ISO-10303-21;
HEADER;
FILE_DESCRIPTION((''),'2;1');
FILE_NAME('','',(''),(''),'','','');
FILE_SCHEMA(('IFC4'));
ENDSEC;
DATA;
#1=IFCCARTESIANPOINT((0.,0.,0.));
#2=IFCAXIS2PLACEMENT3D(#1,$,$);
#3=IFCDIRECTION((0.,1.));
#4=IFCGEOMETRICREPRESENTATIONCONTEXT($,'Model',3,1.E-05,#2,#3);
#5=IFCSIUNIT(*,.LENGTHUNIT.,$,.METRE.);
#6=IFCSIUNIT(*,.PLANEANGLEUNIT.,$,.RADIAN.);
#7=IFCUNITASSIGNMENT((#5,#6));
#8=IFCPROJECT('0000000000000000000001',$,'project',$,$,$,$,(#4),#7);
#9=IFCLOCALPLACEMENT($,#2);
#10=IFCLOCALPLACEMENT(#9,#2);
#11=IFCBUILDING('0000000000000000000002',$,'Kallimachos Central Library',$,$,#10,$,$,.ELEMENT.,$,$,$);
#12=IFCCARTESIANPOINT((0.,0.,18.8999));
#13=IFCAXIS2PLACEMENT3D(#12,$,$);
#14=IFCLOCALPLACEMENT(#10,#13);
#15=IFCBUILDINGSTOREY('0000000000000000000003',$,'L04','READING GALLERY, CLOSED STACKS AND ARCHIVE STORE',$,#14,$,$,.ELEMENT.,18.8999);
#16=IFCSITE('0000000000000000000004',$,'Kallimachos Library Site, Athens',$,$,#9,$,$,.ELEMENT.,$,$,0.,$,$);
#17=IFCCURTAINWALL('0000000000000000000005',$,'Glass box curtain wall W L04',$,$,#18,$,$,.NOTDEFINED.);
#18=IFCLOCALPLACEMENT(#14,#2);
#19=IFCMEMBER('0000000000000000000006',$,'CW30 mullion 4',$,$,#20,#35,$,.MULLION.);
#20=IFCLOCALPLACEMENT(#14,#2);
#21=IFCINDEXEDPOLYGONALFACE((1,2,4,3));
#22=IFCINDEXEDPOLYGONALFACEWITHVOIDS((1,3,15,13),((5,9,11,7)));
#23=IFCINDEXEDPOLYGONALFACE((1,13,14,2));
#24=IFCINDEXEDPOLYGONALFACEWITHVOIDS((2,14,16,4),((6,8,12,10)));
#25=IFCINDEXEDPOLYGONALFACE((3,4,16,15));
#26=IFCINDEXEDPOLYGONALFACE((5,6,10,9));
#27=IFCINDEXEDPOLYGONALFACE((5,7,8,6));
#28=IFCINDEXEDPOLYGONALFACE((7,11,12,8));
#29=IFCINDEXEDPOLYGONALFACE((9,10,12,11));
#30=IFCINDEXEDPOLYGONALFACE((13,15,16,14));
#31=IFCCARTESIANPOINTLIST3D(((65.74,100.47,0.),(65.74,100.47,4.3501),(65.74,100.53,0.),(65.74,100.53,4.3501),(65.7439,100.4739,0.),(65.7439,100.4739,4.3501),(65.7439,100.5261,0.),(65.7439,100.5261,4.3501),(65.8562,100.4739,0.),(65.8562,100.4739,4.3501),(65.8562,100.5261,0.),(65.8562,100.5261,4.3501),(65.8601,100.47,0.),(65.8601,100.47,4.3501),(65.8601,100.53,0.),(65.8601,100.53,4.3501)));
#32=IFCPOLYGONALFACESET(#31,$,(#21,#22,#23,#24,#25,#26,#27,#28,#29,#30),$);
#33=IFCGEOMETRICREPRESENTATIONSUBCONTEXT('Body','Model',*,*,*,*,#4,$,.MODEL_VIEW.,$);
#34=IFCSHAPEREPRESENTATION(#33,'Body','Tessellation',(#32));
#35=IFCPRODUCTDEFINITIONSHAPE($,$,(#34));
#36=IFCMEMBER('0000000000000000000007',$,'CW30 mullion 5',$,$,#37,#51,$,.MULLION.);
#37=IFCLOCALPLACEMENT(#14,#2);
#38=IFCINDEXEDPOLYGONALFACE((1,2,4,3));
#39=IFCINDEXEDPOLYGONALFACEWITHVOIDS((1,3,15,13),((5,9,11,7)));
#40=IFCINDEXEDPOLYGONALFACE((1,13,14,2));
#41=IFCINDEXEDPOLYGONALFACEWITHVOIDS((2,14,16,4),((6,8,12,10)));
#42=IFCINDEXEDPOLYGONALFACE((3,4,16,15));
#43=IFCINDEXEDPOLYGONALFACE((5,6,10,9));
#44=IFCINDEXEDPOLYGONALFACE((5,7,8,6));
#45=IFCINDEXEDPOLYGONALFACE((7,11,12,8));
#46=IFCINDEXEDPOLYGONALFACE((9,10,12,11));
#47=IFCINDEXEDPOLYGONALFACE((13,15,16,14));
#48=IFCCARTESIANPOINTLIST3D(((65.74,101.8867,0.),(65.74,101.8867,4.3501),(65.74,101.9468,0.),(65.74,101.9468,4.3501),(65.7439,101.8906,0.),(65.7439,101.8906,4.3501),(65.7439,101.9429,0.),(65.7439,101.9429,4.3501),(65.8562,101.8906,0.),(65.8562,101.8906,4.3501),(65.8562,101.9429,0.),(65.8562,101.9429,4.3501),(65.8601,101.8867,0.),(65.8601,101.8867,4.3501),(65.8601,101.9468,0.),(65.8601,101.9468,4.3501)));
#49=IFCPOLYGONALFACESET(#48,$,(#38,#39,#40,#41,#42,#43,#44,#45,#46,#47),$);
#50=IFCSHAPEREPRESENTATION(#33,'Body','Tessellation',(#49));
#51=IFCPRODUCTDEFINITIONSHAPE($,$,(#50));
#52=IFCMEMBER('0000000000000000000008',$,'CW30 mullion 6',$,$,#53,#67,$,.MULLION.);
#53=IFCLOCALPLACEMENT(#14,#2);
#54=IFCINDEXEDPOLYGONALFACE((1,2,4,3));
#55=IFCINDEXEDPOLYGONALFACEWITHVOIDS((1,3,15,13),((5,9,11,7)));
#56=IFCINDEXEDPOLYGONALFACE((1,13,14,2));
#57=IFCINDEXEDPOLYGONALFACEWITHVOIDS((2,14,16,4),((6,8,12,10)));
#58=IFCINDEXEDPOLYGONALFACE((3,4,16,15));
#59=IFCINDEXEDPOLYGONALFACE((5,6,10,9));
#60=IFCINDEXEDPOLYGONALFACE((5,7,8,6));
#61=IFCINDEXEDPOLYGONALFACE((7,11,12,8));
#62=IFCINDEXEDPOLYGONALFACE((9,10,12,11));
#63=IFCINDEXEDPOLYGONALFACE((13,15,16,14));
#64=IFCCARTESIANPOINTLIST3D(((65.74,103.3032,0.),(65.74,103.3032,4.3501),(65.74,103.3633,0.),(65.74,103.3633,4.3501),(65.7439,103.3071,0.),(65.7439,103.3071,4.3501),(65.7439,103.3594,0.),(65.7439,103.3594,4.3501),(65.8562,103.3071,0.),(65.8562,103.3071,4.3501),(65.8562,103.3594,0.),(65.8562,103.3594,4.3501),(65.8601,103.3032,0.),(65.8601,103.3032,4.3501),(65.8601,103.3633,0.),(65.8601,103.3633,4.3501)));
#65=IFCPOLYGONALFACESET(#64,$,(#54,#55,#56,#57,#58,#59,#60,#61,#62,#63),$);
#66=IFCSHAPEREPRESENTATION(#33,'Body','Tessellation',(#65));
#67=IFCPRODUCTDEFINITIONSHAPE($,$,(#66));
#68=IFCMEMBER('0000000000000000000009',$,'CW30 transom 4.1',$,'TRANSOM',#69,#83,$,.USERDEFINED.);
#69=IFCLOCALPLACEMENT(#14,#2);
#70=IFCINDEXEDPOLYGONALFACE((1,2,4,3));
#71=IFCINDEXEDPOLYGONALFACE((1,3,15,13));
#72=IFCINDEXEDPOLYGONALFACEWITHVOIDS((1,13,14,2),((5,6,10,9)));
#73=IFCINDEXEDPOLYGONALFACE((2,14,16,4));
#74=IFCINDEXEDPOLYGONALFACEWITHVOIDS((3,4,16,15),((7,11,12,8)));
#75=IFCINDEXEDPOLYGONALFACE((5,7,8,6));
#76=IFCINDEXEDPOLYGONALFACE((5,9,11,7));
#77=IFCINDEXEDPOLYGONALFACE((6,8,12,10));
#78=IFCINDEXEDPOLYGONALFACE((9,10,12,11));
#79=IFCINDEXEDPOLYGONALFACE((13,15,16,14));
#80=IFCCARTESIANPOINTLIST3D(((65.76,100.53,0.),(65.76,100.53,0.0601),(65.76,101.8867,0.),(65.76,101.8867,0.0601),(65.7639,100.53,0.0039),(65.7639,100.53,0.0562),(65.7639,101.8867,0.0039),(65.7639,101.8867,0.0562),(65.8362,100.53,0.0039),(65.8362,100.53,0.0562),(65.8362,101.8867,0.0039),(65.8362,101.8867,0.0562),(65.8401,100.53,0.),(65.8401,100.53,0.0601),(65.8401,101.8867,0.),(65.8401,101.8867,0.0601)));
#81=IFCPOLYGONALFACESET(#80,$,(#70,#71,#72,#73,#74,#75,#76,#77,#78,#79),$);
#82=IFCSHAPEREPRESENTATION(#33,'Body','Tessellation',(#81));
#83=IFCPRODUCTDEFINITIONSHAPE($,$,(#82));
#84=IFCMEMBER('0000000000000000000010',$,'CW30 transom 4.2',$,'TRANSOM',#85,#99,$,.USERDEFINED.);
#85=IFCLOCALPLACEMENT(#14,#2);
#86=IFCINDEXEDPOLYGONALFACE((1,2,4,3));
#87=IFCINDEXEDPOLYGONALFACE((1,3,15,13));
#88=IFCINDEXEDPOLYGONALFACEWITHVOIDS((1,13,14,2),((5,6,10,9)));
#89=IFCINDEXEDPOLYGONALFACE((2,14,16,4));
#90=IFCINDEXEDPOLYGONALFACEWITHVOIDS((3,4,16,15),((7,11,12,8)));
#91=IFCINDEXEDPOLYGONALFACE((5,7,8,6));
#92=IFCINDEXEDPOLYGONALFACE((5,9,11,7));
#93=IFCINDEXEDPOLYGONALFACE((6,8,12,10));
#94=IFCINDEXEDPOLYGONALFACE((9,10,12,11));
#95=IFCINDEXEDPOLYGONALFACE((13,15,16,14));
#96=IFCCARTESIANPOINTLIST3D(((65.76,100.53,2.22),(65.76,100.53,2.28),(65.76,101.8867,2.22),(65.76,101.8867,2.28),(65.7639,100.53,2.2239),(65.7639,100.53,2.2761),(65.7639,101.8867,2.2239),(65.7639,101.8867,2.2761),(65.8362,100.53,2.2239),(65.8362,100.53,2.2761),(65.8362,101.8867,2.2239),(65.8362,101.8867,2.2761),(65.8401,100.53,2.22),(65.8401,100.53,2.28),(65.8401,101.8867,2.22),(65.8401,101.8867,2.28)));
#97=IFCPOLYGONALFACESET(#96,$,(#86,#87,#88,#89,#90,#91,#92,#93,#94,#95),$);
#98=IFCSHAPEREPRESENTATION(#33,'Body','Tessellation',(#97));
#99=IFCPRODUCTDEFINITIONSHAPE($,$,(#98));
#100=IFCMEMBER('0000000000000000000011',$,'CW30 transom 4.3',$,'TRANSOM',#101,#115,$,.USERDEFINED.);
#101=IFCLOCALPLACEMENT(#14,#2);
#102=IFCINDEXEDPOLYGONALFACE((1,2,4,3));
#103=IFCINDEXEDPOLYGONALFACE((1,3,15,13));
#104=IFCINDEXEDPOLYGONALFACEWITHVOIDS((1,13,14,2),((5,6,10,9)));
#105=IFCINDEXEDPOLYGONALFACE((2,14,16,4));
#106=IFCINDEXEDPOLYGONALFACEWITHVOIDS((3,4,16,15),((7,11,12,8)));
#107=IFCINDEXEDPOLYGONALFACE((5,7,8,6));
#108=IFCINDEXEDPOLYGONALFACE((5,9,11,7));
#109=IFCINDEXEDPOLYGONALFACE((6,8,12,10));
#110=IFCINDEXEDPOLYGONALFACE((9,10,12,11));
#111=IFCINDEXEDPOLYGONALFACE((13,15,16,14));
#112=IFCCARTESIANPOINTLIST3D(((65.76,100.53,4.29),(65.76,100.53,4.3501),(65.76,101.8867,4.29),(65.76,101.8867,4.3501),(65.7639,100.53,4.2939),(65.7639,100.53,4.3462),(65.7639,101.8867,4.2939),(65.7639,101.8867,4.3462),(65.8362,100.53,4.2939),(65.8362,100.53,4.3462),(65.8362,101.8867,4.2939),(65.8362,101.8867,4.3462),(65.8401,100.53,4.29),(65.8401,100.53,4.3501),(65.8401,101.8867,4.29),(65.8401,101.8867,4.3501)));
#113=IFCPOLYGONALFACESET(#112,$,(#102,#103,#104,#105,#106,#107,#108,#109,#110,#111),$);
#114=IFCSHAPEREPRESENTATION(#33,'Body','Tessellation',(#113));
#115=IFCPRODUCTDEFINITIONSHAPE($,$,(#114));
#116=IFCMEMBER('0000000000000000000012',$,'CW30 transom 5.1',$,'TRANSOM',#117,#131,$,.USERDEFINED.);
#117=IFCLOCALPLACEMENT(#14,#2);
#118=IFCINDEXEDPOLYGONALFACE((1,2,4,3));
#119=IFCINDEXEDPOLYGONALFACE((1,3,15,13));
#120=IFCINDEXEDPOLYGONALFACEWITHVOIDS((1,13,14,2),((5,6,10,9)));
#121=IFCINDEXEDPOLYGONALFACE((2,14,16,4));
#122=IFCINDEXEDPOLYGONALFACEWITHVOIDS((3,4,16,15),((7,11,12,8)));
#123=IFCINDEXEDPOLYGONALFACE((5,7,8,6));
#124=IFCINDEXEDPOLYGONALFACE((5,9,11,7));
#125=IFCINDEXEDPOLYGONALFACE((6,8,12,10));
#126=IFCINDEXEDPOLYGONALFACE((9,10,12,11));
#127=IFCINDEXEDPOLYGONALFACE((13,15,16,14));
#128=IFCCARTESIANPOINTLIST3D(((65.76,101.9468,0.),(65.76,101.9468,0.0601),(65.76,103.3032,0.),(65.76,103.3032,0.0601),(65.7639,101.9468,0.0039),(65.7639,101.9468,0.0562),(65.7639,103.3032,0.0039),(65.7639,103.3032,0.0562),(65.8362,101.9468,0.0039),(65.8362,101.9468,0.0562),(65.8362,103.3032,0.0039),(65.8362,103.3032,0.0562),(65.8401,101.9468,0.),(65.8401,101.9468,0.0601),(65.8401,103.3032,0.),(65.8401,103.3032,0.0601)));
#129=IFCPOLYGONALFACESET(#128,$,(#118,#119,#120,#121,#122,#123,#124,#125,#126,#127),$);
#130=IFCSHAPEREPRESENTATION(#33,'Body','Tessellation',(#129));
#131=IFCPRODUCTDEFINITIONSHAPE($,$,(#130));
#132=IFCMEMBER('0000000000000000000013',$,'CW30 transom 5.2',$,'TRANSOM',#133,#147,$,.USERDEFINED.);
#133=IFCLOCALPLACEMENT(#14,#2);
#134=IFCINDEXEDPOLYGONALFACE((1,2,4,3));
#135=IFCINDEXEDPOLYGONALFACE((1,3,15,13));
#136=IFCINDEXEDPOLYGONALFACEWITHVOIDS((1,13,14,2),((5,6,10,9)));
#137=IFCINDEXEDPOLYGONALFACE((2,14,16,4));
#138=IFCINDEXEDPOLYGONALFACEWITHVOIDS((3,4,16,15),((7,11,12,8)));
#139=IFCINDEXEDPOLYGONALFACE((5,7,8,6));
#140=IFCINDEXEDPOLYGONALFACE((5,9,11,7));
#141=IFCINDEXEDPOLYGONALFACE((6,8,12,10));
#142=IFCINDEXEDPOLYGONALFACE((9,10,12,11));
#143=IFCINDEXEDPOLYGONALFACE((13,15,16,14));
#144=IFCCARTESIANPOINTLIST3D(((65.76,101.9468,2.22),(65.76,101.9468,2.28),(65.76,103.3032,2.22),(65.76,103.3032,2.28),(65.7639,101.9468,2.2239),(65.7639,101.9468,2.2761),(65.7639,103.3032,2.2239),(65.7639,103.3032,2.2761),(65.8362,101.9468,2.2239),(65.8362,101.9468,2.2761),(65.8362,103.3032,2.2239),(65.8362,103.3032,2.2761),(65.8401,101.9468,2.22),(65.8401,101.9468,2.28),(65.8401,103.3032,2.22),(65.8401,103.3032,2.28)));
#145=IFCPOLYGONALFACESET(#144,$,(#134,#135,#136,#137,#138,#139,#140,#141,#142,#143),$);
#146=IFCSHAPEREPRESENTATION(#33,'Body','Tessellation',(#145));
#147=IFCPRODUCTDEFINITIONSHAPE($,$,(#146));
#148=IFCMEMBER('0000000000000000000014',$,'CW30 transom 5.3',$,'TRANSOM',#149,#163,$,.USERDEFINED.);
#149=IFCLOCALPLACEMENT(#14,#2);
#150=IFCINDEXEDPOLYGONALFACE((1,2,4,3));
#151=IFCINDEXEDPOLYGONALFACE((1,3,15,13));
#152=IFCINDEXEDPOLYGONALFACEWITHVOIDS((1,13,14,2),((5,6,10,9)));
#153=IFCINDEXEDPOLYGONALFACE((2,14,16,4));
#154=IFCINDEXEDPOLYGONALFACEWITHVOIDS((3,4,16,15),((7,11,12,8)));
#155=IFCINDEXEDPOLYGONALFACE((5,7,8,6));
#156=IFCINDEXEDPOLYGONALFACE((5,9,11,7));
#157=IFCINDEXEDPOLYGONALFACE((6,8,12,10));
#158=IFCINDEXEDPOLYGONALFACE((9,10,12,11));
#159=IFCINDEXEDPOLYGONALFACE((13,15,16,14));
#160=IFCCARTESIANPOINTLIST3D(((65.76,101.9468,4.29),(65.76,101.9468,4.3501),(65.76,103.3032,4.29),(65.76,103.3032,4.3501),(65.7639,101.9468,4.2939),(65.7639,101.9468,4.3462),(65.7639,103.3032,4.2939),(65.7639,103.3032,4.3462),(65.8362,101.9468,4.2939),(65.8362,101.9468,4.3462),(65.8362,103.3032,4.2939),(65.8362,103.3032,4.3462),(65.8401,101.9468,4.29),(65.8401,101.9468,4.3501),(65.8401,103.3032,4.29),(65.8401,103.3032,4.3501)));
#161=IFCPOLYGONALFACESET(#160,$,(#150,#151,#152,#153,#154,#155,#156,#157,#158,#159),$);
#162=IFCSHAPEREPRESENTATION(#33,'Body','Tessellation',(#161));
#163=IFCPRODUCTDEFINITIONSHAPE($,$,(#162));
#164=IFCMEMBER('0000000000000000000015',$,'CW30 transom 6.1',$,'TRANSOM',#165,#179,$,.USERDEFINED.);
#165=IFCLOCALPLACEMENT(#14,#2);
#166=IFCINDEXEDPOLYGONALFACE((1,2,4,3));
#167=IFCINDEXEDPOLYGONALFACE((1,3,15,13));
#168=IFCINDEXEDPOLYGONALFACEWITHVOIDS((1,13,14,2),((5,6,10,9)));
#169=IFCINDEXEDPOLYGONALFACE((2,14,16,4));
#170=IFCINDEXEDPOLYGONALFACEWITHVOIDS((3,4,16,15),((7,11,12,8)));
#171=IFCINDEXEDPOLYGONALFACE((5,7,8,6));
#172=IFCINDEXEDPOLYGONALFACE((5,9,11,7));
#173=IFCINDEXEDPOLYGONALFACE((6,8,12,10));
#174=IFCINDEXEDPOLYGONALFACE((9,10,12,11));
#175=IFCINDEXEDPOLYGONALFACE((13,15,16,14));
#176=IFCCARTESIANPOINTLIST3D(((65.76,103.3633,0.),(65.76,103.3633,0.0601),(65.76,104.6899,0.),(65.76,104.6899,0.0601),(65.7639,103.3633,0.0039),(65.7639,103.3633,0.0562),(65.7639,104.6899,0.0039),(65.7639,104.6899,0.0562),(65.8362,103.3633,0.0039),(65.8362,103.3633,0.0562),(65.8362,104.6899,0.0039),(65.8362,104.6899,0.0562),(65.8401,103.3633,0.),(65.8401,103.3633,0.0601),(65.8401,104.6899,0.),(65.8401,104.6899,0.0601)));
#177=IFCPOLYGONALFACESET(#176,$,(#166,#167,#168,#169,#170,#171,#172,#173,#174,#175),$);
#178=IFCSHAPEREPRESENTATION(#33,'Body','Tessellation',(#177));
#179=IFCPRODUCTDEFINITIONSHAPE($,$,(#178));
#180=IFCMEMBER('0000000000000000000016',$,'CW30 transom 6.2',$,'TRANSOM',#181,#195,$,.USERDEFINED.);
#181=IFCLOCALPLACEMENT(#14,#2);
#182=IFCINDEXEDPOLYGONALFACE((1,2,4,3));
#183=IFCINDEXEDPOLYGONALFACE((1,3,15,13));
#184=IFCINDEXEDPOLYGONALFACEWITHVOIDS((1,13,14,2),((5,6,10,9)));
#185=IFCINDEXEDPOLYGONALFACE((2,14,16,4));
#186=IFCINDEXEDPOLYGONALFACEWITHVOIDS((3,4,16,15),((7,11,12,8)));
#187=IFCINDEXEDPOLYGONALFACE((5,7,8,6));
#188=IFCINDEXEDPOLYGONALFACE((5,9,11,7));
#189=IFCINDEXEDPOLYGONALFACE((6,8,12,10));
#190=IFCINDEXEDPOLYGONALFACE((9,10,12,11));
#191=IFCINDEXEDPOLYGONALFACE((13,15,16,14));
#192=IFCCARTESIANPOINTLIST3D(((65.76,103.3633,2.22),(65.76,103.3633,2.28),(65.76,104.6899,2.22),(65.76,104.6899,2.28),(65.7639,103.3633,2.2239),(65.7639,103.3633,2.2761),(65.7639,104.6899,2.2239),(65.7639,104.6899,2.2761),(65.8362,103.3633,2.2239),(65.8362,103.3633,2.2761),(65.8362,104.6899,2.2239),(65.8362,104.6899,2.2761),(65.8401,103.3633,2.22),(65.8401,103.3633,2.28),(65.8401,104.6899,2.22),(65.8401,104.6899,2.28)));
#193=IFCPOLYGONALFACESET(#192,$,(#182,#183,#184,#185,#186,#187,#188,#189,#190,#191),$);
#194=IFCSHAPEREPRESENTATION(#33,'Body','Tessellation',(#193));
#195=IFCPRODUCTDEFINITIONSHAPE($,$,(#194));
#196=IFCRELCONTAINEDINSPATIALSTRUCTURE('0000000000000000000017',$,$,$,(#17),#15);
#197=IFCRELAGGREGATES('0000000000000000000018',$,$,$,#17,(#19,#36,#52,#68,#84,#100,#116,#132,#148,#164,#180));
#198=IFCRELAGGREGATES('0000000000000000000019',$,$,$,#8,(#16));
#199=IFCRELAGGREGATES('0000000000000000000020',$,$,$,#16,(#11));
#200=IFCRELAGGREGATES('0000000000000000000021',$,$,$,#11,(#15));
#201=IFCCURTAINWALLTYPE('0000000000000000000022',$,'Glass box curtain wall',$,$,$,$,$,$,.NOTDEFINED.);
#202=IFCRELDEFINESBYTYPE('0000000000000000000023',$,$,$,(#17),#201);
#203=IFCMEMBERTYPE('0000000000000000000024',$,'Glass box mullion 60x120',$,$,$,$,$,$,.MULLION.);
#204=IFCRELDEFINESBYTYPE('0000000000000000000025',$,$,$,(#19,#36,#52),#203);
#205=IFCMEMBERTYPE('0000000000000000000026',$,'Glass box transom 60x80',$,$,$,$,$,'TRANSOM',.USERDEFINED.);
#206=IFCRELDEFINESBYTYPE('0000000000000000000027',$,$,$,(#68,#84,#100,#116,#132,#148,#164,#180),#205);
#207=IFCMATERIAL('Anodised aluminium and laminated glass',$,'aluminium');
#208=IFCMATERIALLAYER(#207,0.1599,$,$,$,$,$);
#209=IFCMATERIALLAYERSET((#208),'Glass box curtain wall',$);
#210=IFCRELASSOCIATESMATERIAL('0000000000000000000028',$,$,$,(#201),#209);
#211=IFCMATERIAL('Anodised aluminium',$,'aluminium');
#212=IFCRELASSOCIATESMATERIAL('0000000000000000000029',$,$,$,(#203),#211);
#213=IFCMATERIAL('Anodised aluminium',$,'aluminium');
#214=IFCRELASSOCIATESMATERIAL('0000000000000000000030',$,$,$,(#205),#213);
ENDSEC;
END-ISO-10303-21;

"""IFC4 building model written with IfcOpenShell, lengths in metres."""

from ifc_helpers import new_model, si_unit, direction, frame, origin, origin_2d, place, context, subcontext, project, spatial, hollow_rectangle, extrude, material, layer, layer_set, material_profile, profile_set, type_object, element, aggregate, save


model = new_model("IFC4")

# Units and contexts
model_context = context("Model", 3, precision=1e-05, world=origin(), true_north=direction((0.0, 1.0)))
body_context = subcontext(model_context, "Body", "Model", "MODEL_VIEW")
ifc_project = project(units=[si_unit("LENGTHUNIT", "METRE"), si_unit("PLANEANGLEUNIT", "RADIAN")], contexts=[model_context])

# Site, building, storey
site_placement = place(None, origin())
site = spatial("IfcSite", under=ifc_project, at=site_placement, Name="Kallimachos Library Site, Athens", CompositionType="ELEMENT", RefElevation=0.0)
building_placement = place(site_placement, origin())
building = spatial("IfcBuilding", under=site, at=building_placement, Name="Kallimachos Central Library", CompositionType="ELEMENT")
storey_placement = place(building_placement, frame((0.0, 0.0, 18.8999)))
storey = spatial("IfcBuildingStorey", under=building, at=storey_placement, Name="L04", Description="READING GALLERY, CLOSED STACKS AND ARCHIVE STORE", CompositionType="ELEMENT", Elevation=18.8999)

# Curtain wall, members
ifc_material_1 = material(Name="Anodised aluminium and laminated glass", Category="aluminium")
ifc_layer_1 = layer(ifc_material_1, 0.1599)
ifc_layer_set_1 = layer_set([ifc_layer_1], Name="Glass box curtain wall")
curtain_wall_type = type_object("IfcCurtainWallType", Name="Glass box curtain wall", PredefinedType="NOTDEFINED", material=ifc_layer_set_1)
curtain_wall_placement = place(storey_placement, origin())
curtain_wall = element("IfcCurtainWall", 1, at=curtain_wall_placement, inside=storey, type_object=curtain_wall_type, Name="Glass box curtain wall W L04", PredefinedType="NOTDEFINED")
ifc_material_2 = material(Name="Anodised aluminium", Category="aluminium")
ifc_material_profile_1 = material_profile(ifc_material_2, hollow_rectangle(XDim=0.0601, YDim=0.1201, WallThickness=0.0039, at=origin_2d()), Name="ALU MULLION 60x120")
ifc_profile_set_1 = profile_set([ifc_material_profile_1], Name="Anodised aluminium")
member_type_1 = type_object("IfcMemberType", Name="Glass box mullion 60x120", PredefinedType="MULLION", material=ifc_profile_set_1)
member_1_placement = place(storey_placement, frame((65.8, 100.5, 0.0), z_axis=(0.0, 0.0, 1.0), x_axis=(0.0, 1.0, 0.0)))
member_1 = element("IfcMember", 2, at=member_1_placement, type_object=member_type_1, Name="CW30 mullion 4", PredefinedType="MULLION", context=body_context, shape_type="SweptSolid", body=[
    extrude(hollow_rectangle(XDim=0.0601, YDim=0.1201, WallThickness=0.0039, at=origin_2d()), origin(), (0.0, 0.0, 1.0), 4.3501),
])
member_2_placement = place(storey_placement, frame((65.8, 101.9167, 0.0), z_axis=(0.0, 0.0, 1.0), x_axis=(0.0, 1.0, 0.0)))
member_2 = element("IfcMember", 3, at=member_2_placement, type_object=member_type_1, Name="CW30 mullion 5", PredefinedType="MULLION", context=body_context, shape_type="SweptSolid", body=[
    extrude(hollow_rectangle(XDim=0.0601, YDim=0.1201, WallThickness=0.0039, at=origin_2d()), origin(), (0.0, 0.0, 1.0), 4.3501),
])
member_3_placement = place(storey_placement, frame((65.8, 103.3333, 0.0), z_axis=(0.0, 0.0, 1.0), x_axis=(0.0, 1.0, 0.0)))
member_3 = element("IfcMember", 4, at=member_3_placement, type_object=member_type_1, Name="CW30 mullion 6", PredefinedType="MULLION", context=body_context, shape_type="SweptSolid", body=[
    extrude(hollow_rectangle(XDim=0.0601, YDim=0.1201, WallThickness=0.0039, at=origin_2d()), origin(), (0.0, 0.0, 1.0), 4.3501),
])
ifc_material_3 = material(Name="Anodised aluminium", Category="aluminium")
ifc_material_profile_2 = material_profile(ifc_material_3, hollow_rectangle(XDim=0.0601, YDim=0.0801, WallThickness=0.0039, at=origin_2d()), Name="ALU TRANSOM 60x80")
ifc_profile_set_2 = profile_set([ifc_material_profile_2], Name="Anodised aluminium")
member_type_2 = type_object("IfcMemberType", Name="Glass box transom 60x80", ElementType="TRANSOM", PredefinedType="USERDEFINED", material=ifc_profile_set_2)
member_4_placement = place(storey_placement, frame((65.8, 100.53, 0.03), z_axis=(0.0, 1.0, 0.0), x_axis=(0.0, 0.0, 1.0)))
member_4 = element("IfcMember", 5, at=member_4_placement, type_object=member_type_2, Name="CW30 transom 4.1", ObjectType="TRANSOM", PredefinedType="USERDEFINED", context=body_context, shape_type="SweptSolid", body=[
    extrude(hollow_rectangle(XDim=0.0601, YDim=0.0801, WallThickness=0.0039, at=origin_2d()), origin(), (0.0, 0.0, 1.0), 1.3567),
])
member_5_placement = place(storey_placement, frame((65.8, 100.53, 2.25), z_axis=(0.0, 1.0, 0.0), x_axis=(0.0, 0.0, 1.0)))
member_5 = element("IfcMember", 6, at=member_5_placement, type_object=member_type_2, Name="CW30 transom 4.2", ObjectType="TRANSOM", PredefinedType="USERDEFINED", context=body_context, shape_type="SweptSolid", body=[
    extrude(hollow_rectangle(XDim=0.0601, YDim=0.0801, WallThickness=0.0039, at=origin_2d()), origin(), (0.0, 0.0, 1.0), 1.3567),
])
member_6_placement = place(storey_placement, frame((65.8, 100.53, 4.3201), z_axis=(0.0, 1.0, 0.0), x_axis=(0.0, 0.0, 1.0)))
member_6 = element("IfcMember", 7, at=member_6_placement, type_object=member_type_2, Name="CW30 transom 4.3", ObjectType="TRANSOM", PredefinedType="USERDEFINED", context=body_context, shape_type="SweptSolid", body=[
    extrude(hollow_rectangle(XDim=0.0601, YDim=0.0801, WallThickness=0.0039, at=origin_2d()), origin(), (0.0, 0.0, 1.0), 1.3567),
])
member_7_placement = place(storey_placement, frame((65.8, 101.9468, 0.03), z_axis=(0.0, 1.0, 0.0), x_axis=(0.0, 0.0, 1.0)))
member_7 = element("IfcMember", 8, at=member_7_placement, type_object=member_type_2, Name="CW30 transom 5.1", ObjectType="TRANSOM", PredefinedType="USERDEFINED", context=body_context, shape_type="SweptSolid", body=[
    extrude(hollow_rectangle(XDim=0.0601, YDim=0.0801, WallThickness=0.0039, at=origin_2d()), origin(), (0.0, 0.0, 1.0), 1.3564),
])
member_8_placement = place(storey_placement, frame((65.8, 101.9468, 2.25), z_axis=(0.0, 1.0, 0.0), x_axis=(0.0, 0.0, 1.0)))
member_8 = element("IfcMember", 9, at=member_8_placement, type_object=member_type_2, Name="CW30 transom 5.2", ObjectType="TRANSOM", PredefinedType="USERDEFINED", context=body_context, shape_type="SweptSolid", body=[
    extrude(hollow_rectangle(XDim=0.0601, YDim=0.0801, WallThickness=0.0039, at=origin_2d()), origin(), (0.0, 0.0, 1.0), 1.3564),
])
member_9_placement = place(storey_placement, frame((65.8, 101.9468, 4.3201), z_axis=(0.0, 1.0, 0.0), x_axis=(0.0, 0.0, 1.0)))
member_9 = element("IfcMember", 10, at=member_9_placement, type_object=member_type_2, Name="CW30 transom 5.3", ObjectType="TRANSOM", PredefinedType="USERDEFINED", context=body_context, shape_type="SweptSolid", body=[
    extrude(hollow_rectangle(XDim=0.0601, YDim=0.0801, WallThickness=0.0039, at=origin_2d()), origin(), (0.0, 0.0, 1.0), 1.3564),
])
member_10_placement = place(storey_placement, frame((65.8, 103.3633, 0.03), z_axis=(0.0, 1.0, 0.0), x_axis=(0.0, 0.0, 1.0)))
member_10 = element("IfcMember", 11, at=member_10_placement, type_object=member_type_2, Name="CW30 transom 6.1", ObjectType="TRANSOM", PredefinedType="USERDEFINED", context=body_context, shape_type="SweptSolid", body=[
    extrude(hollow_rectangle(XDim=0.0601, YDim=0.0801, WallThickness=0.0039, at=origin_2d()), origin(), (0.0, 0.0, 1.0), 1.3267),
])
member_11_placement = place(storey_placement, frame((65.8, 103.3633, 2.25), z_axis=(0.0, 1.0, 0.0), x_axis=(0.0, 0.0, 1.0)))
member_11 = element("IfcMember", 12, at=member_11_placement, type_object=member_type_2, Name="CW30 transom 6.2", ObjectType="TRANSOM", PredefinedType="USERDEFINED", context=body_context, shape_type="SweptSolid", body=[
    extrude(hollow_rectangle(XDim=0.0601, YDim=0.0801, WallThickness=0.0039, at=origin_2d()), origin(), (0.0, 0.0, 1.0), 1.3267),
])
aggregate(curtain_wall, [member_1, member_2, member_3, member_4, member_5, member_6, member_7, member_8, member_9, member_10, member_11])

save(model, "model.ifc")
